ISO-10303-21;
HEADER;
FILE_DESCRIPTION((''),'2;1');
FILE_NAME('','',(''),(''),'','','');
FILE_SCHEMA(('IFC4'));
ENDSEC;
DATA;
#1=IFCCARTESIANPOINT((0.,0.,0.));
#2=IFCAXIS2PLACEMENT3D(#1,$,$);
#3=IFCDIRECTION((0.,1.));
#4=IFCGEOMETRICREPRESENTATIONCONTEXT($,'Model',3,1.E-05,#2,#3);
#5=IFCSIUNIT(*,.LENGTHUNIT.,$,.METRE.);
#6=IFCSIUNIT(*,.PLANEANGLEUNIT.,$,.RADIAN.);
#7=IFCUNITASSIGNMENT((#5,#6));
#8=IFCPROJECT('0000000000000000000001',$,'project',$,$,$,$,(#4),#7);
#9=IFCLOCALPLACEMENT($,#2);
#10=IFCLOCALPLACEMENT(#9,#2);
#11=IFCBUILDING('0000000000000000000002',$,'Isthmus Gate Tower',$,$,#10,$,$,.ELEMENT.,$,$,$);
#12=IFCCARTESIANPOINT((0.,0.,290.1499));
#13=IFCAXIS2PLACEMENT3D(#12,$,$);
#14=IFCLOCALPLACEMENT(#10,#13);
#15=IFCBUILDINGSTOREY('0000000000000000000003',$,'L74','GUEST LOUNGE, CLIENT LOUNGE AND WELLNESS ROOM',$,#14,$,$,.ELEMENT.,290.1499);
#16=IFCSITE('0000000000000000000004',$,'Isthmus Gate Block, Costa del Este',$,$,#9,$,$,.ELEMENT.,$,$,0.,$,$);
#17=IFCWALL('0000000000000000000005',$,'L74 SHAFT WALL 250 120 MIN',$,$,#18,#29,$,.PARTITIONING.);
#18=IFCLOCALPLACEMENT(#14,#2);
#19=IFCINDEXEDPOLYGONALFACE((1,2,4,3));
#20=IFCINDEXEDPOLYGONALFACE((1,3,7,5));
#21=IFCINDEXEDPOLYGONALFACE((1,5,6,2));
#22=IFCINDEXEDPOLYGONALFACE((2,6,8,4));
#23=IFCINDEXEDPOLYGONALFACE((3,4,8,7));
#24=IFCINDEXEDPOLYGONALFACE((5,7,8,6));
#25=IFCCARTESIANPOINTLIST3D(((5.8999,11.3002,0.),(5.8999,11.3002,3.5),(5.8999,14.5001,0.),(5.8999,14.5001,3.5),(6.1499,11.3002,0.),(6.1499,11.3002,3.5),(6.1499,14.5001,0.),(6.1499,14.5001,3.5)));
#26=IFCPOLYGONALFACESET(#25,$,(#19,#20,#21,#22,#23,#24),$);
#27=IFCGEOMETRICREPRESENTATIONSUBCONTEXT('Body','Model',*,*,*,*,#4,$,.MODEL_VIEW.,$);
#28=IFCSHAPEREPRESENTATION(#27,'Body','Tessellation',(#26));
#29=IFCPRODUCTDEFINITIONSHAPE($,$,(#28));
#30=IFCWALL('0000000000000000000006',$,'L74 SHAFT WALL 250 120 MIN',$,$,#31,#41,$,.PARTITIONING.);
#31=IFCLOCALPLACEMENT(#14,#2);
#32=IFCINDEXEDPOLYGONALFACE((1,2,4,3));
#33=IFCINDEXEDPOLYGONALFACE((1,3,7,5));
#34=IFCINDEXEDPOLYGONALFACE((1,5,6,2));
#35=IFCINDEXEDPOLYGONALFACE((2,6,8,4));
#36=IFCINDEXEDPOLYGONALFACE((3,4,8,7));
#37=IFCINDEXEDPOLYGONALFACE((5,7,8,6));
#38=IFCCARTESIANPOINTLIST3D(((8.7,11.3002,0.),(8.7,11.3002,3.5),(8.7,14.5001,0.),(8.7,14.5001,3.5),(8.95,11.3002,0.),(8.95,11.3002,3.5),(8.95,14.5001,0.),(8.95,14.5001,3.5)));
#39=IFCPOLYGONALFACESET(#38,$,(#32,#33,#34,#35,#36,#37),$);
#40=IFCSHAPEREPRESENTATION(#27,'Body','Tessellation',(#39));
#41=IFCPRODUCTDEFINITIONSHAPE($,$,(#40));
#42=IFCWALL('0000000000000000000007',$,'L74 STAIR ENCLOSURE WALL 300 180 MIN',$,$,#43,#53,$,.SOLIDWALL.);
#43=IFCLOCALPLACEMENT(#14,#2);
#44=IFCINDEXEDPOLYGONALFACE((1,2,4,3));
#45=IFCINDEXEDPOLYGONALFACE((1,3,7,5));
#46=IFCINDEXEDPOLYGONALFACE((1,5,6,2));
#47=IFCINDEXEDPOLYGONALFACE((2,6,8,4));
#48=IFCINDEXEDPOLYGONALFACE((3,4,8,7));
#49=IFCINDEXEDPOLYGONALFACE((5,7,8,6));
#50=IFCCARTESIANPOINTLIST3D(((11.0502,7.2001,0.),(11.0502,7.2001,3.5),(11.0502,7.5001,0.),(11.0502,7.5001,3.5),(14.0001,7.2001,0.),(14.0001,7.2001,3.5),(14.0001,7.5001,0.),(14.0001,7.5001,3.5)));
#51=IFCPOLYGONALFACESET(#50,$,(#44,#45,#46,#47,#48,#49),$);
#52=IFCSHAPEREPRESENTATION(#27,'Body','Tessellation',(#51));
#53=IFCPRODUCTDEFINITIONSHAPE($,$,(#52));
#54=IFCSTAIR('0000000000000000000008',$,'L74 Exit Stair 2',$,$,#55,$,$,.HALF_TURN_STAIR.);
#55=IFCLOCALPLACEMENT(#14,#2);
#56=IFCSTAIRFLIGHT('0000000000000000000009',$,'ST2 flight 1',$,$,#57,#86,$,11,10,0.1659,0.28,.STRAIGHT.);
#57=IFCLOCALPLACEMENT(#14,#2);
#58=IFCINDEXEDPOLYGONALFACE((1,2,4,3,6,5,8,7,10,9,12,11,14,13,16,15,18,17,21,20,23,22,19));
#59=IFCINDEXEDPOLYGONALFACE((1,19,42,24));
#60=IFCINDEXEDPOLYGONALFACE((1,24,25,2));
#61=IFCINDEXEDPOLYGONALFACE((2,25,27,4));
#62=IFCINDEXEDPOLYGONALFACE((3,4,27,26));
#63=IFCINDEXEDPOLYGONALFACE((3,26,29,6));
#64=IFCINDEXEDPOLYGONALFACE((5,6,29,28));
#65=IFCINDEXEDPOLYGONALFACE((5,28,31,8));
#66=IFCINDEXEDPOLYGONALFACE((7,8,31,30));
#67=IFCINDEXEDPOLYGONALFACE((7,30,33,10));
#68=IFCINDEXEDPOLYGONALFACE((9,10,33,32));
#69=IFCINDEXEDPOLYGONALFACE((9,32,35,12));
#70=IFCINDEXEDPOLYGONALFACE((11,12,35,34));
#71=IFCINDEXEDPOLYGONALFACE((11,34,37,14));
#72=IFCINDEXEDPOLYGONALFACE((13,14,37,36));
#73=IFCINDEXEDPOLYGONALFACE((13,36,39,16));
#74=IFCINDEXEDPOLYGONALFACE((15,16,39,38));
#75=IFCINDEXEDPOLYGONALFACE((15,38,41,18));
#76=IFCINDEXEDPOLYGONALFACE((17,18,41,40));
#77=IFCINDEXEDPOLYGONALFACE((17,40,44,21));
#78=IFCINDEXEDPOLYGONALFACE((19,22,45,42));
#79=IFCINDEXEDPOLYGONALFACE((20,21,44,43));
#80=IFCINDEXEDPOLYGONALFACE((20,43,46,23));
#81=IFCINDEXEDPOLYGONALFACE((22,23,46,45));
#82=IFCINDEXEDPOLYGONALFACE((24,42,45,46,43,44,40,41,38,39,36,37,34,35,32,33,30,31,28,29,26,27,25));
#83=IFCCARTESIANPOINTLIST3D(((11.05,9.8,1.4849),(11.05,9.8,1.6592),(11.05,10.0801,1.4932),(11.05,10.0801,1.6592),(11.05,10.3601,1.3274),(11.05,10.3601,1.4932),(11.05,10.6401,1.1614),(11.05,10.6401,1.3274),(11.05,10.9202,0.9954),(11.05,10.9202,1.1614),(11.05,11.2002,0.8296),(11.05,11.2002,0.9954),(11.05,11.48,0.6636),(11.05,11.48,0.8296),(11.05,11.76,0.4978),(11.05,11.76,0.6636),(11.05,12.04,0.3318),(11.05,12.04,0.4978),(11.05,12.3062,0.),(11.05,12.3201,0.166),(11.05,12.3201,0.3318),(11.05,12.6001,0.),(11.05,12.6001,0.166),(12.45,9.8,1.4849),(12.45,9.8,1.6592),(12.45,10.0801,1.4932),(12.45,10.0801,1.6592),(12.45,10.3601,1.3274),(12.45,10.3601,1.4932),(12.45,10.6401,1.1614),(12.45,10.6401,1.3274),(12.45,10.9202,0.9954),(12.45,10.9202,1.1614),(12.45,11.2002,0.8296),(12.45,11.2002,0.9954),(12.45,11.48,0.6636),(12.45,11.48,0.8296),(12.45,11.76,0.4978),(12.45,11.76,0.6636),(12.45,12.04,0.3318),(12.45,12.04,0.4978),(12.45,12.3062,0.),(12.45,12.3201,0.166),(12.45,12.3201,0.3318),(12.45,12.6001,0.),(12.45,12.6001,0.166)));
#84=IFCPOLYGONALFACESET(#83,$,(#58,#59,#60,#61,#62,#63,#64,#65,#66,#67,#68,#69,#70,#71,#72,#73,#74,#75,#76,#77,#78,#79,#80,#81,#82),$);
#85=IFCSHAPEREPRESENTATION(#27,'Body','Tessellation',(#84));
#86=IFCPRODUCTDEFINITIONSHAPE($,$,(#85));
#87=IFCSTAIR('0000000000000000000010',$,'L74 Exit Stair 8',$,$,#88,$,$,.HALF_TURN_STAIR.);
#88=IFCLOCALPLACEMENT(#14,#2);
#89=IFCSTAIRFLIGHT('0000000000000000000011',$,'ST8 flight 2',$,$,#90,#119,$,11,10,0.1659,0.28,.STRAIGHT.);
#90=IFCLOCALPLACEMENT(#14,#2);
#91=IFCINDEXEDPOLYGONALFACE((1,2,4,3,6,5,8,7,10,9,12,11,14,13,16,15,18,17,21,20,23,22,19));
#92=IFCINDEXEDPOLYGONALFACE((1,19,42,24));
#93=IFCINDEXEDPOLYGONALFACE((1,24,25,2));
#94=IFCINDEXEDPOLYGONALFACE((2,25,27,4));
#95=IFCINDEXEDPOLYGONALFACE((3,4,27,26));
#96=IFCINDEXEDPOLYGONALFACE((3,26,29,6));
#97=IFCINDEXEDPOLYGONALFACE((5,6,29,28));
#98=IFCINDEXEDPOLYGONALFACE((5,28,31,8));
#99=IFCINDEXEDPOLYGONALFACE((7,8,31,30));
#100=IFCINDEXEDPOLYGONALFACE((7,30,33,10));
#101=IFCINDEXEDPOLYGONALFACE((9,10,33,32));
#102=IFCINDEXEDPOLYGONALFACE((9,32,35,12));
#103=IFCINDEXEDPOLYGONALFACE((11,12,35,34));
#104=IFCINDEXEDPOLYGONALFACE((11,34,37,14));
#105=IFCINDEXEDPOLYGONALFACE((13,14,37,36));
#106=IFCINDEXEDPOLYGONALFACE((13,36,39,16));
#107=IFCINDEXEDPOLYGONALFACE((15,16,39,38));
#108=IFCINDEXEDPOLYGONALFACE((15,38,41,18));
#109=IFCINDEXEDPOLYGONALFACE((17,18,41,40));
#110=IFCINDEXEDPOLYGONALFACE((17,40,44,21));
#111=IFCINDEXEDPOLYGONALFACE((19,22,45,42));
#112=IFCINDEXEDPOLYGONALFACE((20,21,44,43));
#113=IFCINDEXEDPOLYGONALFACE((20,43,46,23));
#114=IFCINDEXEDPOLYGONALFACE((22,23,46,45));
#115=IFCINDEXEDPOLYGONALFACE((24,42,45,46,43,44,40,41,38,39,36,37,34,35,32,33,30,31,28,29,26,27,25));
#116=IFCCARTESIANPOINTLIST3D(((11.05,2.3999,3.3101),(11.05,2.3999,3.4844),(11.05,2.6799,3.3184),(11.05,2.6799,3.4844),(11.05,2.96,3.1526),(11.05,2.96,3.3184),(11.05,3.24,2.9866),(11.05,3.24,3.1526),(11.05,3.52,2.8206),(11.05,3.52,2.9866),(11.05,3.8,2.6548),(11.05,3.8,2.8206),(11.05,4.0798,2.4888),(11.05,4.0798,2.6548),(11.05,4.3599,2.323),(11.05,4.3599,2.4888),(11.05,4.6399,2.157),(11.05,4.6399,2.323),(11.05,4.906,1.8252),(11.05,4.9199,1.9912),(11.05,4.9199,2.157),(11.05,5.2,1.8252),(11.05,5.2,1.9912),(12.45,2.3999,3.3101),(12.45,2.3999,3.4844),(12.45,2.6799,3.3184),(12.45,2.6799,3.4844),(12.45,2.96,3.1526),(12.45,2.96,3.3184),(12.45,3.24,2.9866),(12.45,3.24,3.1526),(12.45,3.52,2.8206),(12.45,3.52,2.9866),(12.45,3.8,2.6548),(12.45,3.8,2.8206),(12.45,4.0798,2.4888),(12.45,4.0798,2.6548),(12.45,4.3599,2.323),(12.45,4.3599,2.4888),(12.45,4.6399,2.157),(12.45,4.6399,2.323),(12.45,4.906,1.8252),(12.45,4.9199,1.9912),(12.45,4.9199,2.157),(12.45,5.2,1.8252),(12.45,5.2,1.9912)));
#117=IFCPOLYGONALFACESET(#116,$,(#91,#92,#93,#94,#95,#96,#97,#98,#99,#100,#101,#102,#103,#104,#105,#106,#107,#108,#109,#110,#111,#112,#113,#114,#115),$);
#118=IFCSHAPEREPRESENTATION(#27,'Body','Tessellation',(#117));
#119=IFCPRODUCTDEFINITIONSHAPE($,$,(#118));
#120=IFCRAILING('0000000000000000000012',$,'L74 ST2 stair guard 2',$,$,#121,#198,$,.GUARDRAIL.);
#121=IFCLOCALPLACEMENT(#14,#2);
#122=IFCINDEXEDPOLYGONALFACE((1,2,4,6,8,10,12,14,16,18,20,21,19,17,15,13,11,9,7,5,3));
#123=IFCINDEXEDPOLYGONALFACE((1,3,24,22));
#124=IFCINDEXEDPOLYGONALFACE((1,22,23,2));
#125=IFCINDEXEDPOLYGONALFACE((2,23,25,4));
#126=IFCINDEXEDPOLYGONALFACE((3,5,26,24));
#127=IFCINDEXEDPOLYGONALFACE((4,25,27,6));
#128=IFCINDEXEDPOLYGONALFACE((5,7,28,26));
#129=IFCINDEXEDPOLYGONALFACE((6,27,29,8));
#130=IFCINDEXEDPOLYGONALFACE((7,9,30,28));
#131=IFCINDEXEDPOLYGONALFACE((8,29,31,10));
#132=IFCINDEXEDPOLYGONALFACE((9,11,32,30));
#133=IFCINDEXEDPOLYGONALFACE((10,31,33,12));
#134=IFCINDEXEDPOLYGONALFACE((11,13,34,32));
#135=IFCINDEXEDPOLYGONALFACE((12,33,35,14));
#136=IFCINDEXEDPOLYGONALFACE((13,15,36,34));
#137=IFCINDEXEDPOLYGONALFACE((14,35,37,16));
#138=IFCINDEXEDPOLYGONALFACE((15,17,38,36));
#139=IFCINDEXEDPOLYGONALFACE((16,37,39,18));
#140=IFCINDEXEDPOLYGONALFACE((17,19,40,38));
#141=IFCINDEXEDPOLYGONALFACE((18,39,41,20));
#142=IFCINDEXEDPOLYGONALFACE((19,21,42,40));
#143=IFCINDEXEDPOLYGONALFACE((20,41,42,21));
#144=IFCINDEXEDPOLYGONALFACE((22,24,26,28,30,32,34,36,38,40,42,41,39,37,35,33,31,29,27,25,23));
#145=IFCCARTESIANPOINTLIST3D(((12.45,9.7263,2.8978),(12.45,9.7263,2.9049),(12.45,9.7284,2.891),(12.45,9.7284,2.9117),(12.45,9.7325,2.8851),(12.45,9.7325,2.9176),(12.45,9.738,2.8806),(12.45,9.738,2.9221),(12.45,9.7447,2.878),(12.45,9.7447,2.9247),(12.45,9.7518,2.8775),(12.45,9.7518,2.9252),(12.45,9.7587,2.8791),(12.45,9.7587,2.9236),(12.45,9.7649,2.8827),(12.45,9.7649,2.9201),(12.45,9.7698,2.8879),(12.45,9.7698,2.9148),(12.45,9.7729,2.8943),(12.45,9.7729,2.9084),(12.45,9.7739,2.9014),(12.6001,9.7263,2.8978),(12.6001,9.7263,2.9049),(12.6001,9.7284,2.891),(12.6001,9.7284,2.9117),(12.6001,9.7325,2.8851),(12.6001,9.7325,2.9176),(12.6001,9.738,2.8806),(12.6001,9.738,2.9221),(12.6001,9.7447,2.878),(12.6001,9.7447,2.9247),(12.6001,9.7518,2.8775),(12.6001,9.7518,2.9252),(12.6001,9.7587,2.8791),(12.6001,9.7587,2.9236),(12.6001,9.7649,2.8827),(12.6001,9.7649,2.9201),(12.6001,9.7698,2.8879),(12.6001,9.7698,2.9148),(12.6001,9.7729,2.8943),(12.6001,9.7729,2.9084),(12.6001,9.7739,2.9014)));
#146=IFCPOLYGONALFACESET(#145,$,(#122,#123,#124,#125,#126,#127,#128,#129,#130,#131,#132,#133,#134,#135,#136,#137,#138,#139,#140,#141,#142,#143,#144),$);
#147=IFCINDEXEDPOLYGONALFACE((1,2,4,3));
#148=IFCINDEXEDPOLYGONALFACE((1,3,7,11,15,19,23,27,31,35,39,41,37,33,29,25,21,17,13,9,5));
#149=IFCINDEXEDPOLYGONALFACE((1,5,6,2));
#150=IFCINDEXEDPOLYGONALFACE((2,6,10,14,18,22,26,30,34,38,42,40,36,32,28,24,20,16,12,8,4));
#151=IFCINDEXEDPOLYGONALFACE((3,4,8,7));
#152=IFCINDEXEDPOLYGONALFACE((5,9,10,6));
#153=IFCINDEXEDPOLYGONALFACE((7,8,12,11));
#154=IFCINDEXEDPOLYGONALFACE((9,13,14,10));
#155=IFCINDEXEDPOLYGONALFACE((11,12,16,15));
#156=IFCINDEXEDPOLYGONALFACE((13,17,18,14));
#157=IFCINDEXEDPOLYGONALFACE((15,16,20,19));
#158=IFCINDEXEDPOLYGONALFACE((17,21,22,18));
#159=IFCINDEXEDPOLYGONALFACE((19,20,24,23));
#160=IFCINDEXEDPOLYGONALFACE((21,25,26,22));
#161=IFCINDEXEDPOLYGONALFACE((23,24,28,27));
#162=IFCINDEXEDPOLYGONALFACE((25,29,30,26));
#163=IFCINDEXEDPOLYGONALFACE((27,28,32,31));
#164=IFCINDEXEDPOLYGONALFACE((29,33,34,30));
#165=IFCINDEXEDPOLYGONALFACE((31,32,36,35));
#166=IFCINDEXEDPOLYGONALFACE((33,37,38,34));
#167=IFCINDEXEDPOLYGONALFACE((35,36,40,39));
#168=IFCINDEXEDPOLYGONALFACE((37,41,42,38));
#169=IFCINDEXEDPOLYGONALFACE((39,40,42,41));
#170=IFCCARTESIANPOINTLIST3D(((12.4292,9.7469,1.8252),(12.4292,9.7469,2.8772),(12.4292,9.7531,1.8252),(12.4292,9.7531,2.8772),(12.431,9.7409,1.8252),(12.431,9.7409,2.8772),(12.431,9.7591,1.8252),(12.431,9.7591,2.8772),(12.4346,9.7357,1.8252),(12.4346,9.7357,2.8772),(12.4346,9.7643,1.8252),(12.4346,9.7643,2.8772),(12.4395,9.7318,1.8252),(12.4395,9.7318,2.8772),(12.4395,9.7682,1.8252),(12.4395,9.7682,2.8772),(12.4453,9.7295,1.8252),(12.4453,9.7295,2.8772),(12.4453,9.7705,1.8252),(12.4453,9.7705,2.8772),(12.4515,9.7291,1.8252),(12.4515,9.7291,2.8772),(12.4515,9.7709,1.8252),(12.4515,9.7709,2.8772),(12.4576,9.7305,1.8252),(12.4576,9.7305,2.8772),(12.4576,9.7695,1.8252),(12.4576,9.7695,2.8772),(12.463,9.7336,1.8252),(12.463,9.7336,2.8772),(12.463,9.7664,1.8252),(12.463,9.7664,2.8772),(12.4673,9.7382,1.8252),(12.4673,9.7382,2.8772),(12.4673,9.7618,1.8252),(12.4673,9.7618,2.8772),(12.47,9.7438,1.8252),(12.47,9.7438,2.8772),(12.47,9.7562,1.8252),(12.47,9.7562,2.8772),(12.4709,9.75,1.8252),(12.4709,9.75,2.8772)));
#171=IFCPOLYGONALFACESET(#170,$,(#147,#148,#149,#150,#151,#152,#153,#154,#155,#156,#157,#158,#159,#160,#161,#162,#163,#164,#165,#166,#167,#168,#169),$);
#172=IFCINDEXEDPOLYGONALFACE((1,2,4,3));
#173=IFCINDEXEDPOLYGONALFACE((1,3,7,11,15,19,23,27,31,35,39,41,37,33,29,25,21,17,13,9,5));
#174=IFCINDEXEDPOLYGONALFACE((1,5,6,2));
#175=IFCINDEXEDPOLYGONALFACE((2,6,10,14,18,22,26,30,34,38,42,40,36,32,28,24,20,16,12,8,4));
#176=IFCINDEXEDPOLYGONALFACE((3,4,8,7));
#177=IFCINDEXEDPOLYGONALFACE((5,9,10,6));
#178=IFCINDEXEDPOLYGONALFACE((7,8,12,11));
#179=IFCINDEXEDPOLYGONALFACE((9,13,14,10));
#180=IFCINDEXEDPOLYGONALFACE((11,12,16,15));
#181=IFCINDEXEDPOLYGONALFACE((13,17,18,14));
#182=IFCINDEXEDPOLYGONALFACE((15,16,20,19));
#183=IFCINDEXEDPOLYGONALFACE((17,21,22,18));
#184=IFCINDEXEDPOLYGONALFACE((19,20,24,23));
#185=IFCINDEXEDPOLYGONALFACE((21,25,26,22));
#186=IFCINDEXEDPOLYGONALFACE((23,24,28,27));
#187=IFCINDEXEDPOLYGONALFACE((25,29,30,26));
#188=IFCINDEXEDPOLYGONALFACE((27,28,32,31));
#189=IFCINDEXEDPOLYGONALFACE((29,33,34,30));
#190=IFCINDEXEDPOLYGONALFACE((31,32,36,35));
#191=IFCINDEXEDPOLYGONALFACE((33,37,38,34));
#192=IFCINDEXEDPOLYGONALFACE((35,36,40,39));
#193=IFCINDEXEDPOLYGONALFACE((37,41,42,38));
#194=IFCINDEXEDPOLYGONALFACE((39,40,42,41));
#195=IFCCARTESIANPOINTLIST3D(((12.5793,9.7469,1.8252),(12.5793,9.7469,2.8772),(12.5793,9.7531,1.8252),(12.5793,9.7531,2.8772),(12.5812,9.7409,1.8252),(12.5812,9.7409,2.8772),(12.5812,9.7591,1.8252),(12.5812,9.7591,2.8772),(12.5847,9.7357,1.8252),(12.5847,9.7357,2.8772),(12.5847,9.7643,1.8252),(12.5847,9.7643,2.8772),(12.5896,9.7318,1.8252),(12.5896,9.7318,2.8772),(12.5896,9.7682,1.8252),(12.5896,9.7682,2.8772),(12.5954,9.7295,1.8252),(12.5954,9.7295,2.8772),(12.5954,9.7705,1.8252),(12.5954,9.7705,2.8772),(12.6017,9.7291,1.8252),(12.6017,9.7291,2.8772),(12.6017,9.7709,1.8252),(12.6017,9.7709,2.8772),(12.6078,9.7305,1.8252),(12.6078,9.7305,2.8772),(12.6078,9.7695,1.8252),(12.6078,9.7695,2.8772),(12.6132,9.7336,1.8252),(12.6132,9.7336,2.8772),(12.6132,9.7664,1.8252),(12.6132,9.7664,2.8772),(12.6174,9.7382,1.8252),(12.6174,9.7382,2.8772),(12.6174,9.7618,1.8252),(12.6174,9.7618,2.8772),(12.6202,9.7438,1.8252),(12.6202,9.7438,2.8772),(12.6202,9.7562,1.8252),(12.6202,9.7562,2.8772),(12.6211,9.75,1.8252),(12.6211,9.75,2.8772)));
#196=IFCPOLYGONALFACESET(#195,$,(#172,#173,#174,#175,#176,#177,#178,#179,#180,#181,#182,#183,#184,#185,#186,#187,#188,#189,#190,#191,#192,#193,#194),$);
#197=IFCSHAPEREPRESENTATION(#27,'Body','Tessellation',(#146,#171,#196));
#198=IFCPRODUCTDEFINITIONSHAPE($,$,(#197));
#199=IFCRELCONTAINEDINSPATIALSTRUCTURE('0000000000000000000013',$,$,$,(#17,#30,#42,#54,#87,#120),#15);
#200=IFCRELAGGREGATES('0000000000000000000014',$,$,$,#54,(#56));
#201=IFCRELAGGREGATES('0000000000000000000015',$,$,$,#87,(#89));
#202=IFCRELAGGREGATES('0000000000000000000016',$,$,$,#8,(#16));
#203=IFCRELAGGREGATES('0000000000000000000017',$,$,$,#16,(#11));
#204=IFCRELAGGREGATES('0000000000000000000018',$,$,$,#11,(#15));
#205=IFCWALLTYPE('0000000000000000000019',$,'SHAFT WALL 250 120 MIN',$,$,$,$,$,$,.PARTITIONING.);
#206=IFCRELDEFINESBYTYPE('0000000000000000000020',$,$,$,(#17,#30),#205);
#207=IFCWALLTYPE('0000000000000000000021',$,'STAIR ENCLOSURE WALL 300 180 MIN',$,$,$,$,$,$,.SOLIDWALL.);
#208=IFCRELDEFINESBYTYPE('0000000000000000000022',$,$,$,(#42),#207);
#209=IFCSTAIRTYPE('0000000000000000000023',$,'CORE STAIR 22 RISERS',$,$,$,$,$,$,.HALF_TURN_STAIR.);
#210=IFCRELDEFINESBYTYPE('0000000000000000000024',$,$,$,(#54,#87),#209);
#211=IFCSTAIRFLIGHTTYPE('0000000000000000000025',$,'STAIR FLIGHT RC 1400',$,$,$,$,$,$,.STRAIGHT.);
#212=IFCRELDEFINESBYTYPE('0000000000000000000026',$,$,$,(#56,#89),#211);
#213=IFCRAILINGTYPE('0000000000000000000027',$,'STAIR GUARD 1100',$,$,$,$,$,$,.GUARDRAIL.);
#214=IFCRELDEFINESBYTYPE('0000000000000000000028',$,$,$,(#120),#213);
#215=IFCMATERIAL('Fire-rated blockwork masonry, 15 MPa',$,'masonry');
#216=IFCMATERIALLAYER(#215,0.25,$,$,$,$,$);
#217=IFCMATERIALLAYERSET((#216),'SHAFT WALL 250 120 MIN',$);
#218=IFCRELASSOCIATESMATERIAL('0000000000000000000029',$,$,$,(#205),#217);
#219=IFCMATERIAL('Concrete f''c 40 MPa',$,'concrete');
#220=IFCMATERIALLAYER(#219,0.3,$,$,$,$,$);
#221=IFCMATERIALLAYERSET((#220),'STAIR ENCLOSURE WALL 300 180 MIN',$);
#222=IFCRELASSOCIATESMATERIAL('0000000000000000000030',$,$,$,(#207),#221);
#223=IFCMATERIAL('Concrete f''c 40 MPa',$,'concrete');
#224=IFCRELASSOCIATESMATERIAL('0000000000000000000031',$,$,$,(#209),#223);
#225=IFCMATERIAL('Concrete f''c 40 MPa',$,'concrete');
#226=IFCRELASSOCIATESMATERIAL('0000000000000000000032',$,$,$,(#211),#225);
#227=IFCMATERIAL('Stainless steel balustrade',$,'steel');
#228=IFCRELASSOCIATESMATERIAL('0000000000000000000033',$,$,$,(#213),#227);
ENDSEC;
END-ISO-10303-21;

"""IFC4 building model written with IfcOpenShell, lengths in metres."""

from ifc_helpers import new_model, si_unit, direction, frame, frame_2d, origin, origin_2d, place, context, subcontext, project, spatial, polyline, rectangle, circle, outline, extrude, material, layer, layer_set, type_object, element, aggregate, save


model = new_model("IFC4")

# Units and contexts
model_context = context("Model", 3, precision=1e-05, world=origin(), true_north=direction((0.0, 1.0)))
body_context = subcontext(model_context, "Body", "Model", "MODEL_VIEW")
ifc_project = project(units=[si_unit("LENGTHUNIT", "METRE"), si_unit("PLANEANGLEUNIT", "RADIAN")], contexts=[model_context])

# Site, building, storey
site_placement = place(None, origin())
site = spatial("IfcSite", under=ifc_project, at=site_placement, Name="Isthmus Gate Block, Costa del Este", CompositionType="ELEMENT", RefElevation=0.0)
building_placement = place(site_placement, origin())
building = spatial("IfcBuilding", under=site, at=building_placement, Name="Isthmus Gate Tower", CompositionType="ELEMENT")
storey_placement = place(building_placement, frame((0.0, 0.0, 290.1499)))
storey = spatial("IfcBuildingStorey", under=building, at=storey_placement, Name="L74", Description="GUEST LOUNGE, CLIENT LOUNGE AND WELLNESS ROOM", CompositionType="ELEMENT", Elevation=290.1499)

# Walls
ifc_material_1 = material(Name="Fire-rated blockwork masonry, 15 MPa", Category="masonry")
ifc_layer_1 = layer(ifc_material_1, 0.25)
ifc_layer_set_1 = layer_set([ifc_layer_1], Name="SHAFT WALL 250 120 MIN")
wall_type_1 = type_object("IfcWallType", Name="SHAFT WALL 250 120 MIN", PredefinedType="PARTITIONING", material=ifc_layer_set_1)
for number, where, z_axis, x_axis, name in (
    (1, (6.0249, 11.3, 0.0), (0.0, 0.0, 1.0), (0.0, 1.0, 0.0), "L74 SHAFT WALL 250 120 MIN"),
    (2, (8.825, 11.3, 0.0), (0.0, 0.0, 1.0), (0.0, 1.0, 0.0), "L74 SHAFT WALL 250 120 MIN"),
):
    element("IfcWall", number, at=place(storey_placement, frame(where, z_axis=z_axis, x_axis=x_axis)), inside=storey, type_object=wall_type_1, Name=name, PredefinedType="PARTITIONING", context=body_context, shape_type="SweptSolid", body=[
        extrude(rectangle(XDim=3.2, YDim=0.25, at=frame_2d((1.6001, 0.0))), origin(), (0.0, 0.0, 1.0), 3.5),
    ])
ifc_material_2 = material(Name="Concrete f'c 40 MPa", Category="concrete")
ifc_layer_2 = layer(ifc_material_2, 0.3)
ifc_layer_set_2 = layer_set([ifc_layer_2], Name="STAIR ENCLOSURE WALL 300 180 MIN")
wall_type_2 = type_object("IfcWallType", Name="STAIR ENCLOSURE WALL 300 180 MIN", PredefinedType="SOLIDWALL", material=ifc_layer_set_2)
wall_1_placement = place(storey_placement, frame((11.05, 7.3501, 0.0), z_axis=(0.0, 0.0, 1.0), x_axis=(1.0, 0.0, 0.0)))
element("IfcWall", 3, at=wall_1_placement, inside=storey, type_object=wall_type_2, Name="L74 STAIR ENCLOSURE WALL 300 180 MIN", PredefinedType="SOLIDWALL", context=body_context, shape_type="SweptSolid", body=[
    extrude(rectangle(XDim=2.95, YDim=0.3, at=frame_2d((1.4751, 0.0))), origin(), (0.0, 0.0, 1.0), 3.5),
])

# Stairs, stair flights
ifc_material_3 = material(Name="Concrete f'c 40 MPa", Category="concrete")
stair_type = type_object("IfcStairType", Name="CORE STAIR 22 RISERS", PredefinedType="HALF_TURN_STAIR", material=ifc_material_3)
stair_1_placement = place(storey_placement, origin())
stair_1 = element("IfcStair", 4, at=stair_1_placement, inside=storey, type_object=stair_type, Name="L74 Exit Stair 2", PredefinedType="HALF_TURN_STAIR")
ifc_material_4 = material(Name="Concrete f'c 40 MPa", Category="concrete")
stair_flight_type = type_object("IfcStairFlightType", Name="STAIR FLIGHT RC 1400", PredefinedType="STRAIGHT", material=ifc_material_4)
stair_flight_1_placement = place(storey_placement, frame((11.75, 12.6001, 0.0), z_axis=(0.0, 0.0, 1.0), x_axis=(0.0, -1.0, 0.0)))
stair_flight_1 = element("IfcStairFlight", 5, at=stair_flight_1_placement, type_object=stair_flight_type, Name="ST2 flight 1", NumberOfRisers=11, NumberOfTreads=10, PredefinedType="STRAIGHT", RiserHeight=0.1659, TreadLength=0.28, context=body_context, shape_type="SweptSolid", body=[
    extrude(outline(polyline([(0.0, 0.0), (0.0, 0.166), (0.28, 0.166), (0.28, 0.3318), (0.5601, 0.3318), (0.5601, 0.4978), (0.8401, 0.4978), (0.8401, 0.6636), (1.1201, 0.6636), (1.1201, 0.8296), (1.3999, 0.8296), (1.3999, 0.9954), (1.6799, 0.9954), (1.6799, 1.1614), (1.96, 1.1614), (1.96, 1.3274), (2.24, 1.3274), (2.24, 1.4932), (2.52, 1.4932), (2.52, 1.6592), (2.8, 1.6592), (2.8, 1.825), (2.8, 1.4849), (0.2939, 0.0), (0.0, 0.0)])), frame((0.0, 0.7, 0.0), z_axis=(0.0, -1.0, 0.0), x_axis=(1.0, 0.0, 0.0)), (0.0, 0.0, 1.0), 1.3999),
])
aggregate(stair_1, [stair_flight_1])
stair_2_placement = place(storey_placement, origin())
stair_2 = element("IfcStair", 6, at=stair_2_placement, inside=storey, type_object=stair_type, Name="L74 Exit Stair 8", PredefinedType="HALF_TURN_STAIR")
stair_flight_2_placement = place(storey_placement, frame((11.75, 5.2, 1.8252), z_axis=(0.0, 0.0, 1.0), x_axis=(0.0, -1.0, 0.0)))
stair_flight_2 = element("IfcStairFlight", 7, at=stair_flight_2_placement, type_object=stair_flight_type, Name="ST8 flight 2", NumberOfRisers=11, NumberOfTreads=10, PredefinedType="STRAIGHT", RiserHeight=0.1659, TreadLength=0.28, context=body_context, shape_type="SweptSolid", body=[
    extrude(outline(polyline([(0.0, 0.0), (0.0, 0.166), (0.28, 0.166), (0.28, 0.3318), (0.5601, 0.3318), (0.5601, 0.4978), (0.8401, 0.4978), (0.8401, 0.6636), (1.1201, 0.6636), (1.1201, 0.8296), (1.3999, 0.8296), (1.3999, 0.9954), (1.6799, 0.9954), (1.6799, 1.1614), (1.96, 1.1614), (1.96, 1.3274), (2.24, 1.3274), (2.24, 1.4932), (2.52, 1.4932), (2.52, 1.6592), (2.8, 1.6592), (2.8, 1.825), (2.8, 1.4849), (0.2939, 0.0), (0.0, 0.0)])), frame((0.0, 0.7, 0.0), z_axis=(0.0, -1.0, 0.0), x_axis=(1.0, 0.0, 0.0)), (0.0, 0.0, 1.0), 1.3999),
])
aggregate(stair_2, [stair_flight_2])

# Railing
ifc_material_5 = material(Name="Stainless steel balustrade", Category="steel")
railing_type_1 = type_object("IfcRailingType", Name="STAIR GUARD 1100", PredefinedType="GUARDRAIL", material=ifc_material_5)
railing_1_placement = place(storey_placement, frame((12.45, 9.75, 1.8252)))
element("IfcRailing", 8, at=railing_1_placement, inside=storey, type_object=railing_type_1, Name="L74 ST2 stair guard 2", PredefinedType="GUARDRAIL", context=body_context, shape_type="SweptSolid", body=[
    extrude(circle(Radius=0.0239, at=origin_2d()), frame((0.0, 0.0, 1.0762), z_axis=(1.0, 0.0, 0.0), x_axis=(0.0, 1.0, 0.0)), (0.0, 0.0, 1.0), 0.1501),
    extrude(circle(Radius=0.021, at=origin_2d()), origin(), (0.0, 0.0, 1.0), 1.052),
    extrude(circle(Radius=0.021, at=origin_2d()), frame((0.1501, 0.0, 0.0)), (0.0, 0.0, 1.0), 1.052),
])

save(model, "model.ifc")
